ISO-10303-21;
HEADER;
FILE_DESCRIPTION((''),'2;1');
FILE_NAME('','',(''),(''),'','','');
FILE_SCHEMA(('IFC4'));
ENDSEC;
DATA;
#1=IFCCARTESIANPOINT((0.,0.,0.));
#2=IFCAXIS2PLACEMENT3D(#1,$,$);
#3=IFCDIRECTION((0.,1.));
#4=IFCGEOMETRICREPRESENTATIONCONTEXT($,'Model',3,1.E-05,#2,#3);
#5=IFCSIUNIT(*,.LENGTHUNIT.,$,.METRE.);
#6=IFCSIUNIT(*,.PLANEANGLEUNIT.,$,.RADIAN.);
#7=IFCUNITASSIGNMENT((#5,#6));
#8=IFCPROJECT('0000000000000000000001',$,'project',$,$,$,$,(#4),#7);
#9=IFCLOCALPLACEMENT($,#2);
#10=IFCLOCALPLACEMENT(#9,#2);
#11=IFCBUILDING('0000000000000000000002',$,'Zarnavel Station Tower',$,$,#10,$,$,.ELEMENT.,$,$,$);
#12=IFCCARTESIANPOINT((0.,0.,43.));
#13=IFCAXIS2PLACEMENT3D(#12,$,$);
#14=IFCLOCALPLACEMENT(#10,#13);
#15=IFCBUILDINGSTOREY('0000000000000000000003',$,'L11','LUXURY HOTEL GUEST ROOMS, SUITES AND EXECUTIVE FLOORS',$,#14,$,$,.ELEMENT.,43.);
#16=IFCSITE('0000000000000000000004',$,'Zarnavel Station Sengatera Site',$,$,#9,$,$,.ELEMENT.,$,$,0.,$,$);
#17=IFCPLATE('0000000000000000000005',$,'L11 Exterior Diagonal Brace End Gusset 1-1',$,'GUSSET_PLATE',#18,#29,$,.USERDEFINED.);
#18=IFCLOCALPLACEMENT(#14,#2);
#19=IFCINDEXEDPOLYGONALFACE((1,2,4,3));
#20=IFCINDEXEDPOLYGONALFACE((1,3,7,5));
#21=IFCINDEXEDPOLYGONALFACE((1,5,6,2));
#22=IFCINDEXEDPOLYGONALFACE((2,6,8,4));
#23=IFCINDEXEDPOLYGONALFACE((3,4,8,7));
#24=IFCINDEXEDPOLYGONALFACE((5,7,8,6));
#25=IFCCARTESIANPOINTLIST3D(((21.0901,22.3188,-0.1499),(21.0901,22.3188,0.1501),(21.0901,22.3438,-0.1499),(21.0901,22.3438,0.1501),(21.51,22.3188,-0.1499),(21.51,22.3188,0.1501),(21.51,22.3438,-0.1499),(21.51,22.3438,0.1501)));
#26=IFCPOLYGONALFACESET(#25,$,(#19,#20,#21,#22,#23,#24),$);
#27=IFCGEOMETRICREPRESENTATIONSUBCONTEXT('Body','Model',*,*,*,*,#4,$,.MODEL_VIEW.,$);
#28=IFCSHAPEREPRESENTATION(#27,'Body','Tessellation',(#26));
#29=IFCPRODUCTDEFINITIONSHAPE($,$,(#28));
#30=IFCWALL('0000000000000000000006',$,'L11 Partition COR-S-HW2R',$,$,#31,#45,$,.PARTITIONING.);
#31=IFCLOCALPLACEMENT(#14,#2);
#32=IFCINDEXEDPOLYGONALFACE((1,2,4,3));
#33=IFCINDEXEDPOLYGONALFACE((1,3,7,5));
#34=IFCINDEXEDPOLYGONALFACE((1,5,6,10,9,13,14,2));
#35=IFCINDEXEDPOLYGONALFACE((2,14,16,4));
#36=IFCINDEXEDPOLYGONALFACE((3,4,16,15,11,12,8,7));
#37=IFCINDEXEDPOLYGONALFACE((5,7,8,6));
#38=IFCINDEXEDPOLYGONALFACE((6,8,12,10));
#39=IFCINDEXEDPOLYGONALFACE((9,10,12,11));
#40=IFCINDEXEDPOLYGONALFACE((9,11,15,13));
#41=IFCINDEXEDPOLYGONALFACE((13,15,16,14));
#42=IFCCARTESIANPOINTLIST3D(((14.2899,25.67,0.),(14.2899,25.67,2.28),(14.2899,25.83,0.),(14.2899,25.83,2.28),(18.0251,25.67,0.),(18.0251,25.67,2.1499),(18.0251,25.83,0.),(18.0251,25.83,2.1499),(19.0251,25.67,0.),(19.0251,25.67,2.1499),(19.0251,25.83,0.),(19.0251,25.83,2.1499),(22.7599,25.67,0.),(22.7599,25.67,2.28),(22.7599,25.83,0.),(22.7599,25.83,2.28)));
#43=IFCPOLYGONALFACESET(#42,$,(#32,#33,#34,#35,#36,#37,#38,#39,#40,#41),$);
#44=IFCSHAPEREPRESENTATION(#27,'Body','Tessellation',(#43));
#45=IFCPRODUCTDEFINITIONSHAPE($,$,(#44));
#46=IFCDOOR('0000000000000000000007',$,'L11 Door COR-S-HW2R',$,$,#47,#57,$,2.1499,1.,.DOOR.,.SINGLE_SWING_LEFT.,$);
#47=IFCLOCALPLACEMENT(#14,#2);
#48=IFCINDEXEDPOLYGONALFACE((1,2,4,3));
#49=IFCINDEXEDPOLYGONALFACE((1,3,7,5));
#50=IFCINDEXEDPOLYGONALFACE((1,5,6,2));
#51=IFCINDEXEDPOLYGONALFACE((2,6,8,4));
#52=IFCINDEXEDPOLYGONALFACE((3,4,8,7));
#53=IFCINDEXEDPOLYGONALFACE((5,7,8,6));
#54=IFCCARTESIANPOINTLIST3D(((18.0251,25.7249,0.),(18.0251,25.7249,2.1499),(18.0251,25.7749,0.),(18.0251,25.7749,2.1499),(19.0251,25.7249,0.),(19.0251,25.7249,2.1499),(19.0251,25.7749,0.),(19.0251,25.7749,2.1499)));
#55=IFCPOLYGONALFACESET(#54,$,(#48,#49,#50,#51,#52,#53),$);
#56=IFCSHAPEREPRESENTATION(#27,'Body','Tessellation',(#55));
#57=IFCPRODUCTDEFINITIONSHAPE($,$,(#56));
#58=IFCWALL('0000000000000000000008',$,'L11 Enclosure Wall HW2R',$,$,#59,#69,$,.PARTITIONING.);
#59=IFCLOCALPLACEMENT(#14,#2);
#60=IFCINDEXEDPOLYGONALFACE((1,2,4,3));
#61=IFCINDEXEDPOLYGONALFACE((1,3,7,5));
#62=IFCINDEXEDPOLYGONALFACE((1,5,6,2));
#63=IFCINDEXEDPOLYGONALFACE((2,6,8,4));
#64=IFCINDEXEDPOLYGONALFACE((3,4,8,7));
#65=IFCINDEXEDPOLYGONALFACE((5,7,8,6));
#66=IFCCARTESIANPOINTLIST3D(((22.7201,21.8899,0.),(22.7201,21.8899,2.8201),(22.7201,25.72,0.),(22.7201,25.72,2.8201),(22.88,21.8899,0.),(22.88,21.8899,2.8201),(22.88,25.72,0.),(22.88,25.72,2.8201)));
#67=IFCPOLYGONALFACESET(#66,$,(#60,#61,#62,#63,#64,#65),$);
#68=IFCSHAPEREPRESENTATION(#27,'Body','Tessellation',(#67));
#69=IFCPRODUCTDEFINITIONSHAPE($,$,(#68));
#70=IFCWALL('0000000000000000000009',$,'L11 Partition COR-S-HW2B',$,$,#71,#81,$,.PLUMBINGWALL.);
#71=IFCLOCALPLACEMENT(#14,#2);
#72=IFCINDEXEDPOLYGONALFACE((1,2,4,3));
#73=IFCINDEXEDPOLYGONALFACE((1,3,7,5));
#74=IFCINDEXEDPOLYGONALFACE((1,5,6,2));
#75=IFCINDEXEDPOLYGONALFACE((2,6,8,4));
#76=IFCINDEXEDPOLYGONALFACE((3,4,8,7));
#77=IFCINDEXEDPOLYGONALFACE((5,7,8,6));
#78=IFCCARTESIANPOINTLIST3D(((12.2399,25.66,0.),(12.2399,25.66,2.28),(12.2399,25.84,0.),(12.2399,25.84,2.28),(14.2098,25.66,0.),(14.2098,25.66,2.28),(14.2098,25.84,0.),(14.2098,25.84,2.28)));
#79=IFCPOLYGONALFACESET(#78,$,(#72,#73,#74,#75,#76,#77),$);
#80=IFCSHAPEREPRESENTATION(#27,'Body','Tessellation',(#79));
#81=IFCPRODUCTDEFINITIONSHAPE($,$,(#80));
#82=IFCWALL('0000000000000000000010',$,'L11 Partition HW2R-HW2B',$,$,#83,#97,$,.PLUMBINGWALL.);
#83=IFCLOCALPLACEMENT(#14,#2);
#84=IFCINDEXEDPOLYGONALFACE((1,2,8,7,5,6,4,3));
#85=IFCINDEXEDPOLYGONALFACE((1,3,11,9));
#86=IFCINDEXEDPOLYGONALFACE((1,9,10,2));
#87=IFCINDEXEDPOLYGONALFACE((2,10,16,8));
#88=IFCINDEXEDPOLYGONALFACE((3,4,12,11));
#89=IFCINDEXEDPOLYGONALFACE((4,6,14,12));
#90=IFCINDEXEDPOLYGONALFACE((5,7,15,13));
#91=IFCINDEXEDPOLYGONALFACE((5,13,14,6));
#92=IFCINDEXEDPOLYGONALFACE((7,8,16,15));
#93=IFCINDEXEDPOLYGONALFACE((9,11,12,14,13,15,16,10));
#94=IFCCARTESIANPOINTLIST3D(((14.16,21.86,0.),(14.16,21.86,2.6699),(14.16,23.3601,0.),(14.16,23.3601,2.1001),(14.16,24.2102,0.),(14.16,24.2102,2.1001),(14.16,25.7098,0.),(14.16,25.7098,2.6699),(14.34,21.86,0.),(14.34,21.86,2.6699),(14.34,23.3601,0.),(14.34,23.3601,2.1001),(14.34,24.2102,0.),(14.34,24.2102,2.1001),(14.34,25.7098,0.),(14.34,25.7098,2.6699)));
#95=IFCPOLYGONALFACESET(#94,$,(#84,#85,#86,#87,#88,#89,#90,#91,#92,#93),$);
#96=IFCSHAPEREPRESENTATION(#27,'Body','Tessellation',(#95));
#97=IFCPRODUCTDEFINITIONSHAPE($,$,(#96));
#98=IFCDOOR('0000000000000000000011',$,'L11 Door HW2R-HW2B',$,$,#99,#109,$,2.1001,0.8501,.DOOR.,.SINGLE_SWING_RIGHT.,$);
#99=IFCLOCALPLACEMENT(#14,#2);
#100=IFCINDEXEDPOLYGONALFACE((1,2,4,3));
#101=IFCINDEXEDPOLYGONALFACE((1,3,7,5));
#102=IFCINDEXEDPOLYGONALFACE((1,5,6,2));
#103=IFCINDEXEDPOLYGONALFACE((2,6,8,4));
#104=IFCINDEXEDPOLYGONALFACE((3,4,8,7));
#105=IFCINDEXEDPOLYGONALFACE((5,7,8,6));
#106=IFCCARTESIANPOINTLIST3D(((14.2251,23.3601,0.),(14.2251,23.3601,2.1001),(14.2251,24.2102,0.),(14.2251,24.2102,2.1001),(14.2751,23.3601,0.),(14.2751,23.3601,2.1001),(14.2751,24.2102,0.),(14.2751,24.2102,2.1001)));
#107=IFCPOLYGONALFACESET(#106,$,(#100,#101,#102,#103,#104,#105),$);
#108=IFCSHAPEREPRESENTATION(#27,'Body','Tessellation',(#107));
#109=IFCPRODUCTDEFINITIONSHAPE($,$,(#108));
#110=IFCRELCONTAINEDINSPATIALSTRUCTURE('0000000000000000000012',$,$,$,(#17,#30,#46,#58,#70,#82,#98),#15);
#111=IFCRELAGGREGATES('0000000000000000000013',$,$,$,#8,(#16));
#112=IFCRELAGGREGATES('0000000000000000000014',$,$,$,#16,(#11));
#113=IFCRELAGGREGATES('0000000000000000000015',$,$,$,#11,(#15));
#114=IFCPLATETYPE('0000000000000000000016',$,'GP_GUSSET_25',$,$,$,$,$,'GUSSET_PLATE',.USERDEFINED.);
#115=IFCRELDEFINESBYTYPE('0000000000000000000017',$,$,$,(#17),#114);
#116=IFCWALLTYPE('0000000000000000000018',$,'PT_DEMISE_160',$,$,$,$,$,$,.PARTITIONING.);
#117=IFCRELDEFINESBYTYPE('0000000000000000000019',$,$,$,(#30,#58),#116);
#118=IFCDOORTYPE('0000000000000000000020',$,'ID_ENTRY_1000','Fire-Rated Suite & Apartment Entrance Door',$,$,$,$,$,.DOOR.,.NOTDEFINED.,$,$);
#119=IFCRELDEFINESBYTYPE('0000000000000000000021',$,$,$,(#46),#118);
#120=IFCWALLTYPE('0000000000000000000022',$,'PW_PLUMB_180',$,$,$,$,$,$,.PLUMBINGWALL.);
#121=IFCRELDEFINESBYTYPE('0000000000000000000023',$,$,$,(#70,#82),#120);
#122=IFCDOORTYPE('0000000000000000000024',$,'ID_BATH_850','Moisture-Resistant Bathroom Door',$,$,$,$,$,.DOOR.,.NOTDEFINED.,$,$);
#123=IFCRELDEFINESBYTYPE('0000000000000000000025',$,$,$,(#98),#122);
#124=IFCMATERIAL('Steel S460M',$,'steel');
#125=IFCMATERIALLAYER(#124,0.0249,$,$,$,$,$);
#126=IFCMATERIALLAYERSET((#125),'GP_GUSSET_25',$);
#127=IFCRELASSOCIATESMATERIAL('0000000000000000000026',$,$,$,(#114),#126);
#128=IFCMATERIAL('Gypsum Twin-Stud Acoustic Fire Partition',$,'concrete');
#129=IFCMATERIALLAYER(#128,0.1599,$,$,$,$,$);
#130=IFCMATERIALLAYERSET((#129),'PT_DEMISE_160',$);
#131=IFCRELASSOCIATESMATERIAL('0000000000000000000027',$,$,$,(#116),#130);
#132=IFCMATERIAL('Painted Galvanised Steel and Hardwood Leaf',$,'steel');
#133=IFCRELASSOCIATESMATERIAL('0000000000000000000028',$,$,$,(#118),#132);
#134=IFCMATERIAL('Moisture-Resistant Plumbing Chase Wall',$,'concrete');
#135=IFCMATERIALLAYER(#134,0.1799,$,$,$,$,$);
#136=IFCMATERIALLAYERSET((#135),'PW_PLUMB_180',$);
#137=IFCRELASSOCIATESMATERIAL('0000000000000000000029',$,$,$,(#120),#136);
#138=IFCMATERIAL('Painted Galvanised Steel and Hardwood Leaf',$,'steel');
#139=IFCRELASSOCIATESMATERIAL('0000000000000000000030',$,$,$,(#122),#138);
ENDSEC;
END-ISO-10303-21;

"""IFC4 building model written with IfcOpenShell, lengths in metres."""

from ifc_helpers import new_model, si_unit, direction, frame, frame_2d, origin, origin_2d, place, context, subcontext, project, spatial, rectangle, extrude, material, layer, layer_set, type_object, element, fill, save


model = new_model("IFC4")

# Units and contexts
model_context = context("Model", 3, precision=1e-05, world=origin(), true_north=direction((0.0, 1.0)))
body_context = subcontext(model_context, "Body", "Model", "MODEL_VIEW")
ifc_project = project(units=[si_unit("LENGTHUNIT", "METRE"), si_unit("PLANEANGLEUNIT", "RADIAN")], contexts=[model_context])

# Site, building, storey
site_placement = place(None, origin())
site = spatial("IfcSite", under=ifc_project, at=site_placement, Name="Zarnavel Station Sengatera Site", CompositionType="ELEMENT", RefElevation=0.0)
building_placement = place(site_placement, origin())
building = spatial("IfcBuilding", under=site, at=building_placement, Name="Zarnavel Station Tower", CompositionType="ELEMENT")
storey_placement = place(building_placement, frame((0.0, 0.0, 43.0)))
storey = spatial("IfcBuildingStorey", under=building, at=storey_placement, Name="L11", Description="LUXURY HOTEL GUEST ROOMS, SUITES AND EXECUTIVE FLOORS", CompositionType="ELEMENT", Elevation=43.0)

# Plate
ifc_material_1 = material(Name="Steel S460M", Category="steel")
ifc_layer_1 = layer(ifc_material_1, 0.0249)
ifc_layer_set_1 = layer_set([ifc_layer_1], Name="GP_GUSSET_25")
plate_type = type_object("IfcPlateType", Name="GP_GUSSET_25", ElementType="GUSSET_PLATE", PredefinedType="USERDEFINED", material=ifc_layer_set_1)
plate_placement = place(storey_placement, frame((21.3, 22.3313, -0.1499), z_axis=(0.0, 0.0, 1.0), x_axis=(1.0, 0.0, 0.0)))
element("IfcPlate", 1, at=plate_placement, inside=storey, type_object=plate_type, Name="L11 Exterior Diagonal Brace End Gusset 1-1", ObjectType="GUSSET_PLATE", PredefinedType="USERDEFINED", context=body_context, shape_type="SweptSolid", body=[
    extrude(rectangle(XDim=0.4199, YDim=0.0249, at=origin_2d()), origin(), (0.0, 0.0, 1.0), 0.3),
])

# Wall, opening, door
ifc_material_2 = material(Name="Gypsum Twin-Stud Acoustic Fire Partition", Category="concrete")
ifc_layer_2 = layer(ifc_material_2, 0.1599)
ifc_layer_set_2 = layer_set([ifc_layer_2], Name="PT_DEMISE_160")
wall_type_1 = type_object("IfcWallType", Name="PT_DEMISE_160", PredefinedType="PARTITIONING", material=ifc_layer_set_2)
wall_1_placement = place(storey_placement, frame((14.29, 25.75, 0.0), z_axis=(0.0, 0.0, 1.0), x_axis=(1.0, 0.0, 0.0)))
wall_1 = element("IfcWall", 2, at=wall_1_placement, inside=storey, type_object=wall_type_1, Name="L11 Partition COR-S-HW2R", PredefinedType="PARTITIONING", context=body_context, shape_type="SweptSolid", body=[
    extrude(rectangle(XDim=8.47, YDim=0.1599, at=frame_2d((4.2349, 0.0))), origin(), (0.0, 0.0, 1.0), 2.28),
])
opening_1_placement = place(wall_1_placement, frame((3.7351, 0.0, 0.0)))
opening_1 = element("IfcOpeningElement", 3, at=opening_1_placement, cuts=wall_1, PredefinedType="OPENING", context=body_context, shape_type="SweptSolid", body=[
    extrude(rectangle(XDim=1.0, YDim=2.1499, at=frame_2d((0.5, 1.075))), frame((0.0, 0.0898, 0.0), z_axis=(0.0, -1.0, 0.0), x_axis=(1.0, 0.0, 0.0)), (0.0, 0.0, 1.0), 0.1799),
])
ifc_material_3 = material(Name="Painted Galvanised Steel and Hardwood Leaf", Category="steel")
door_type_1 = type_object("IfcDoorType", Name="ID_ENTRY_1000", Description="Fire-Rated Suite & Apartment Entrance Door", OperationType="NOTDEFINED", PredefinedType="DOOR", material=ifc_material_3)
door_1_placement = place(opening_1_placement, origin())
door_1 = element("IfcDoor", 4, at=door_1_placement, inside=storey, type_object=door_type_1, Name="L11 Door COR-S-HW2R", OperationType="SINGLE_SWING_LEFT", OverallHeight=2.1499, OverallWidth=1.0, PredefinedType="DOOR", context=body_context, shape_type="SweptSolid", body=[
    extrude(rectangle(XDim=1.0, YDim=2.1499, at=frame_2d((0.5, 1.075))), frame((0.0, 0.0249, 0.0), z_axis=(0.0, -1.0, 0.0), x_axis=(1.0, 0.0, 0.0)), (0.0, 0.0, 1.0), 0.05),
])
fill(opening_1, door_1)

# Walls
wall_2_placement = place(storey_placement, frame((22.8, 21.8899, 0.0), z_axis=(0.0, 0.0, 1.0), x_axis=(0.0, 1.0, 0.0)))
element("IfcWall", 5, at=wall_2_placement, inside=storey, type_object=wall_type_1, Name="L11 Enclosure Wall HW2R", PredefinedType="PARTITIONING", context=body_context, shape_type="SweptSolid", body=[
    extrude(rectangle(XDim=3.8301, YDim=0.1599, at=frame_2d((1.915, 0.0))), origin(), (0.0, 0.0, 1.0), 2.8201),
])
ifc_material_4 = material(Name="Moisture-Resistant Plumbing Chase Wall", Category="concrete")
ifc_layer_3 = layer(ifc_material_4, 0.1799)
ifc_layer_set_3 = layer_set([ifc_layer_3], Name="PW_PLUMB_180")
wall_type_2 = type_object("IfcWallType", Name="PW_PLUMB_180", PredefinedType="PLUMBINGWALL", material=ifc_layer_set_3)
wall_3_placement = place(storey_placement, frame((12.24, 25.75, 0.0), z_axis=(0.0, 0.0, 1.0), x_axis=(1.0, 0.0, 0.0)))
element("IfcWall", 6, at=wall_3_placement, inside=storey, type_object=wall_type_2, Name="L11 Partition COR-S-HW2B", PredefinedType="PLUMBINGWALL", context=body_context, shape_type="SweptSolid", body=[
    extrude(rectangle(XDim=1.97, YDim=0.1799, at=frame_2d((0.9849, 0.0))), origin(), (0.0, 0.0, 1.0), 2.28),
])

# Wall, opening, door
wall_4_placement = place(storey_placement, frame((14.25, 21.8601, 0.0), z_axis=(0.0, 0.0, 1.0), x_axis=(0.0, 1.0, 0.0)))
wall_4 = element("IfcWall", 7, at=wall_4_placement, inside=storey, type_object=wall_type_2, Name="L11 Partition HW2R-HW2B", PredefinedType="PLUMBINGWALL", context=body_context, shape_type="SweptSolid", body=[
    extrude(rectangle(XDim=3.8499, YDim=0.1799, at=frame_2d((1.9248, 0.0))), origin(), (0.0, 0.0, 1.0), 2.6699),
])
opening_2_placement = place(wall_4_placement, frame((1.5, 0.0, 0.0)))
opening_2 = element("IfcOpeningElement", 8, at=opening_2_placement, cuts=wall_4, PredefinedType="OPENING", context=body_context, shape_type="SweptSolid", body=[
    extrude(rectangle(XDim=0.8501, YDim=2.1001, at=frame_2d((0.425, 1.05))), frame((0.0, 0.0999, 0.0), z_axis=(0.0, -1.0, 0.0), x_axis=(1.0, 0.0, 0.0)), (0.0, 0.0, 1.0), 0.2),
])
ifc_material_5 = material(Name="Painted Galvanised Steel and Hardwood Leaf", Category="steel")
door_type_2 = type_object("IfcDoorType", Name="ID_BATH_850", Description="Moisture-Resistant Bathroom Door", OperationType="NOTDEFINED", PredefinedType="DOOR", material=ifc_material_5)
door_2_placement = place(opening_2_placement, origin())
door_2 = element("IfcDoor", 9, at=door_2_placement, inside=storey, type_object=door_type_2, Name="L11 Door HW2R-HW2B", OperationType="SINGLE_SWING_RIGHT", OverallHeight=2.1001, OverallWidth=0.8501, PredefinedType="DOOR", context=body_context, shape_type="SweptSolid", body=[
    extrude(rectangle(XDim=0.8501, YDim=2.1001, at=frame_2d((0.425, 1.05))), frame((0.0, 0.0249, 0.0), z_axis=(0.0, -1.0, 0.0), x_axis=(1.0, 0.0, 0.0)), (0.0, 0.0, 1.0), 0.05),
])
fill(opening_2, door_2)

save(model, "model.ifc")
